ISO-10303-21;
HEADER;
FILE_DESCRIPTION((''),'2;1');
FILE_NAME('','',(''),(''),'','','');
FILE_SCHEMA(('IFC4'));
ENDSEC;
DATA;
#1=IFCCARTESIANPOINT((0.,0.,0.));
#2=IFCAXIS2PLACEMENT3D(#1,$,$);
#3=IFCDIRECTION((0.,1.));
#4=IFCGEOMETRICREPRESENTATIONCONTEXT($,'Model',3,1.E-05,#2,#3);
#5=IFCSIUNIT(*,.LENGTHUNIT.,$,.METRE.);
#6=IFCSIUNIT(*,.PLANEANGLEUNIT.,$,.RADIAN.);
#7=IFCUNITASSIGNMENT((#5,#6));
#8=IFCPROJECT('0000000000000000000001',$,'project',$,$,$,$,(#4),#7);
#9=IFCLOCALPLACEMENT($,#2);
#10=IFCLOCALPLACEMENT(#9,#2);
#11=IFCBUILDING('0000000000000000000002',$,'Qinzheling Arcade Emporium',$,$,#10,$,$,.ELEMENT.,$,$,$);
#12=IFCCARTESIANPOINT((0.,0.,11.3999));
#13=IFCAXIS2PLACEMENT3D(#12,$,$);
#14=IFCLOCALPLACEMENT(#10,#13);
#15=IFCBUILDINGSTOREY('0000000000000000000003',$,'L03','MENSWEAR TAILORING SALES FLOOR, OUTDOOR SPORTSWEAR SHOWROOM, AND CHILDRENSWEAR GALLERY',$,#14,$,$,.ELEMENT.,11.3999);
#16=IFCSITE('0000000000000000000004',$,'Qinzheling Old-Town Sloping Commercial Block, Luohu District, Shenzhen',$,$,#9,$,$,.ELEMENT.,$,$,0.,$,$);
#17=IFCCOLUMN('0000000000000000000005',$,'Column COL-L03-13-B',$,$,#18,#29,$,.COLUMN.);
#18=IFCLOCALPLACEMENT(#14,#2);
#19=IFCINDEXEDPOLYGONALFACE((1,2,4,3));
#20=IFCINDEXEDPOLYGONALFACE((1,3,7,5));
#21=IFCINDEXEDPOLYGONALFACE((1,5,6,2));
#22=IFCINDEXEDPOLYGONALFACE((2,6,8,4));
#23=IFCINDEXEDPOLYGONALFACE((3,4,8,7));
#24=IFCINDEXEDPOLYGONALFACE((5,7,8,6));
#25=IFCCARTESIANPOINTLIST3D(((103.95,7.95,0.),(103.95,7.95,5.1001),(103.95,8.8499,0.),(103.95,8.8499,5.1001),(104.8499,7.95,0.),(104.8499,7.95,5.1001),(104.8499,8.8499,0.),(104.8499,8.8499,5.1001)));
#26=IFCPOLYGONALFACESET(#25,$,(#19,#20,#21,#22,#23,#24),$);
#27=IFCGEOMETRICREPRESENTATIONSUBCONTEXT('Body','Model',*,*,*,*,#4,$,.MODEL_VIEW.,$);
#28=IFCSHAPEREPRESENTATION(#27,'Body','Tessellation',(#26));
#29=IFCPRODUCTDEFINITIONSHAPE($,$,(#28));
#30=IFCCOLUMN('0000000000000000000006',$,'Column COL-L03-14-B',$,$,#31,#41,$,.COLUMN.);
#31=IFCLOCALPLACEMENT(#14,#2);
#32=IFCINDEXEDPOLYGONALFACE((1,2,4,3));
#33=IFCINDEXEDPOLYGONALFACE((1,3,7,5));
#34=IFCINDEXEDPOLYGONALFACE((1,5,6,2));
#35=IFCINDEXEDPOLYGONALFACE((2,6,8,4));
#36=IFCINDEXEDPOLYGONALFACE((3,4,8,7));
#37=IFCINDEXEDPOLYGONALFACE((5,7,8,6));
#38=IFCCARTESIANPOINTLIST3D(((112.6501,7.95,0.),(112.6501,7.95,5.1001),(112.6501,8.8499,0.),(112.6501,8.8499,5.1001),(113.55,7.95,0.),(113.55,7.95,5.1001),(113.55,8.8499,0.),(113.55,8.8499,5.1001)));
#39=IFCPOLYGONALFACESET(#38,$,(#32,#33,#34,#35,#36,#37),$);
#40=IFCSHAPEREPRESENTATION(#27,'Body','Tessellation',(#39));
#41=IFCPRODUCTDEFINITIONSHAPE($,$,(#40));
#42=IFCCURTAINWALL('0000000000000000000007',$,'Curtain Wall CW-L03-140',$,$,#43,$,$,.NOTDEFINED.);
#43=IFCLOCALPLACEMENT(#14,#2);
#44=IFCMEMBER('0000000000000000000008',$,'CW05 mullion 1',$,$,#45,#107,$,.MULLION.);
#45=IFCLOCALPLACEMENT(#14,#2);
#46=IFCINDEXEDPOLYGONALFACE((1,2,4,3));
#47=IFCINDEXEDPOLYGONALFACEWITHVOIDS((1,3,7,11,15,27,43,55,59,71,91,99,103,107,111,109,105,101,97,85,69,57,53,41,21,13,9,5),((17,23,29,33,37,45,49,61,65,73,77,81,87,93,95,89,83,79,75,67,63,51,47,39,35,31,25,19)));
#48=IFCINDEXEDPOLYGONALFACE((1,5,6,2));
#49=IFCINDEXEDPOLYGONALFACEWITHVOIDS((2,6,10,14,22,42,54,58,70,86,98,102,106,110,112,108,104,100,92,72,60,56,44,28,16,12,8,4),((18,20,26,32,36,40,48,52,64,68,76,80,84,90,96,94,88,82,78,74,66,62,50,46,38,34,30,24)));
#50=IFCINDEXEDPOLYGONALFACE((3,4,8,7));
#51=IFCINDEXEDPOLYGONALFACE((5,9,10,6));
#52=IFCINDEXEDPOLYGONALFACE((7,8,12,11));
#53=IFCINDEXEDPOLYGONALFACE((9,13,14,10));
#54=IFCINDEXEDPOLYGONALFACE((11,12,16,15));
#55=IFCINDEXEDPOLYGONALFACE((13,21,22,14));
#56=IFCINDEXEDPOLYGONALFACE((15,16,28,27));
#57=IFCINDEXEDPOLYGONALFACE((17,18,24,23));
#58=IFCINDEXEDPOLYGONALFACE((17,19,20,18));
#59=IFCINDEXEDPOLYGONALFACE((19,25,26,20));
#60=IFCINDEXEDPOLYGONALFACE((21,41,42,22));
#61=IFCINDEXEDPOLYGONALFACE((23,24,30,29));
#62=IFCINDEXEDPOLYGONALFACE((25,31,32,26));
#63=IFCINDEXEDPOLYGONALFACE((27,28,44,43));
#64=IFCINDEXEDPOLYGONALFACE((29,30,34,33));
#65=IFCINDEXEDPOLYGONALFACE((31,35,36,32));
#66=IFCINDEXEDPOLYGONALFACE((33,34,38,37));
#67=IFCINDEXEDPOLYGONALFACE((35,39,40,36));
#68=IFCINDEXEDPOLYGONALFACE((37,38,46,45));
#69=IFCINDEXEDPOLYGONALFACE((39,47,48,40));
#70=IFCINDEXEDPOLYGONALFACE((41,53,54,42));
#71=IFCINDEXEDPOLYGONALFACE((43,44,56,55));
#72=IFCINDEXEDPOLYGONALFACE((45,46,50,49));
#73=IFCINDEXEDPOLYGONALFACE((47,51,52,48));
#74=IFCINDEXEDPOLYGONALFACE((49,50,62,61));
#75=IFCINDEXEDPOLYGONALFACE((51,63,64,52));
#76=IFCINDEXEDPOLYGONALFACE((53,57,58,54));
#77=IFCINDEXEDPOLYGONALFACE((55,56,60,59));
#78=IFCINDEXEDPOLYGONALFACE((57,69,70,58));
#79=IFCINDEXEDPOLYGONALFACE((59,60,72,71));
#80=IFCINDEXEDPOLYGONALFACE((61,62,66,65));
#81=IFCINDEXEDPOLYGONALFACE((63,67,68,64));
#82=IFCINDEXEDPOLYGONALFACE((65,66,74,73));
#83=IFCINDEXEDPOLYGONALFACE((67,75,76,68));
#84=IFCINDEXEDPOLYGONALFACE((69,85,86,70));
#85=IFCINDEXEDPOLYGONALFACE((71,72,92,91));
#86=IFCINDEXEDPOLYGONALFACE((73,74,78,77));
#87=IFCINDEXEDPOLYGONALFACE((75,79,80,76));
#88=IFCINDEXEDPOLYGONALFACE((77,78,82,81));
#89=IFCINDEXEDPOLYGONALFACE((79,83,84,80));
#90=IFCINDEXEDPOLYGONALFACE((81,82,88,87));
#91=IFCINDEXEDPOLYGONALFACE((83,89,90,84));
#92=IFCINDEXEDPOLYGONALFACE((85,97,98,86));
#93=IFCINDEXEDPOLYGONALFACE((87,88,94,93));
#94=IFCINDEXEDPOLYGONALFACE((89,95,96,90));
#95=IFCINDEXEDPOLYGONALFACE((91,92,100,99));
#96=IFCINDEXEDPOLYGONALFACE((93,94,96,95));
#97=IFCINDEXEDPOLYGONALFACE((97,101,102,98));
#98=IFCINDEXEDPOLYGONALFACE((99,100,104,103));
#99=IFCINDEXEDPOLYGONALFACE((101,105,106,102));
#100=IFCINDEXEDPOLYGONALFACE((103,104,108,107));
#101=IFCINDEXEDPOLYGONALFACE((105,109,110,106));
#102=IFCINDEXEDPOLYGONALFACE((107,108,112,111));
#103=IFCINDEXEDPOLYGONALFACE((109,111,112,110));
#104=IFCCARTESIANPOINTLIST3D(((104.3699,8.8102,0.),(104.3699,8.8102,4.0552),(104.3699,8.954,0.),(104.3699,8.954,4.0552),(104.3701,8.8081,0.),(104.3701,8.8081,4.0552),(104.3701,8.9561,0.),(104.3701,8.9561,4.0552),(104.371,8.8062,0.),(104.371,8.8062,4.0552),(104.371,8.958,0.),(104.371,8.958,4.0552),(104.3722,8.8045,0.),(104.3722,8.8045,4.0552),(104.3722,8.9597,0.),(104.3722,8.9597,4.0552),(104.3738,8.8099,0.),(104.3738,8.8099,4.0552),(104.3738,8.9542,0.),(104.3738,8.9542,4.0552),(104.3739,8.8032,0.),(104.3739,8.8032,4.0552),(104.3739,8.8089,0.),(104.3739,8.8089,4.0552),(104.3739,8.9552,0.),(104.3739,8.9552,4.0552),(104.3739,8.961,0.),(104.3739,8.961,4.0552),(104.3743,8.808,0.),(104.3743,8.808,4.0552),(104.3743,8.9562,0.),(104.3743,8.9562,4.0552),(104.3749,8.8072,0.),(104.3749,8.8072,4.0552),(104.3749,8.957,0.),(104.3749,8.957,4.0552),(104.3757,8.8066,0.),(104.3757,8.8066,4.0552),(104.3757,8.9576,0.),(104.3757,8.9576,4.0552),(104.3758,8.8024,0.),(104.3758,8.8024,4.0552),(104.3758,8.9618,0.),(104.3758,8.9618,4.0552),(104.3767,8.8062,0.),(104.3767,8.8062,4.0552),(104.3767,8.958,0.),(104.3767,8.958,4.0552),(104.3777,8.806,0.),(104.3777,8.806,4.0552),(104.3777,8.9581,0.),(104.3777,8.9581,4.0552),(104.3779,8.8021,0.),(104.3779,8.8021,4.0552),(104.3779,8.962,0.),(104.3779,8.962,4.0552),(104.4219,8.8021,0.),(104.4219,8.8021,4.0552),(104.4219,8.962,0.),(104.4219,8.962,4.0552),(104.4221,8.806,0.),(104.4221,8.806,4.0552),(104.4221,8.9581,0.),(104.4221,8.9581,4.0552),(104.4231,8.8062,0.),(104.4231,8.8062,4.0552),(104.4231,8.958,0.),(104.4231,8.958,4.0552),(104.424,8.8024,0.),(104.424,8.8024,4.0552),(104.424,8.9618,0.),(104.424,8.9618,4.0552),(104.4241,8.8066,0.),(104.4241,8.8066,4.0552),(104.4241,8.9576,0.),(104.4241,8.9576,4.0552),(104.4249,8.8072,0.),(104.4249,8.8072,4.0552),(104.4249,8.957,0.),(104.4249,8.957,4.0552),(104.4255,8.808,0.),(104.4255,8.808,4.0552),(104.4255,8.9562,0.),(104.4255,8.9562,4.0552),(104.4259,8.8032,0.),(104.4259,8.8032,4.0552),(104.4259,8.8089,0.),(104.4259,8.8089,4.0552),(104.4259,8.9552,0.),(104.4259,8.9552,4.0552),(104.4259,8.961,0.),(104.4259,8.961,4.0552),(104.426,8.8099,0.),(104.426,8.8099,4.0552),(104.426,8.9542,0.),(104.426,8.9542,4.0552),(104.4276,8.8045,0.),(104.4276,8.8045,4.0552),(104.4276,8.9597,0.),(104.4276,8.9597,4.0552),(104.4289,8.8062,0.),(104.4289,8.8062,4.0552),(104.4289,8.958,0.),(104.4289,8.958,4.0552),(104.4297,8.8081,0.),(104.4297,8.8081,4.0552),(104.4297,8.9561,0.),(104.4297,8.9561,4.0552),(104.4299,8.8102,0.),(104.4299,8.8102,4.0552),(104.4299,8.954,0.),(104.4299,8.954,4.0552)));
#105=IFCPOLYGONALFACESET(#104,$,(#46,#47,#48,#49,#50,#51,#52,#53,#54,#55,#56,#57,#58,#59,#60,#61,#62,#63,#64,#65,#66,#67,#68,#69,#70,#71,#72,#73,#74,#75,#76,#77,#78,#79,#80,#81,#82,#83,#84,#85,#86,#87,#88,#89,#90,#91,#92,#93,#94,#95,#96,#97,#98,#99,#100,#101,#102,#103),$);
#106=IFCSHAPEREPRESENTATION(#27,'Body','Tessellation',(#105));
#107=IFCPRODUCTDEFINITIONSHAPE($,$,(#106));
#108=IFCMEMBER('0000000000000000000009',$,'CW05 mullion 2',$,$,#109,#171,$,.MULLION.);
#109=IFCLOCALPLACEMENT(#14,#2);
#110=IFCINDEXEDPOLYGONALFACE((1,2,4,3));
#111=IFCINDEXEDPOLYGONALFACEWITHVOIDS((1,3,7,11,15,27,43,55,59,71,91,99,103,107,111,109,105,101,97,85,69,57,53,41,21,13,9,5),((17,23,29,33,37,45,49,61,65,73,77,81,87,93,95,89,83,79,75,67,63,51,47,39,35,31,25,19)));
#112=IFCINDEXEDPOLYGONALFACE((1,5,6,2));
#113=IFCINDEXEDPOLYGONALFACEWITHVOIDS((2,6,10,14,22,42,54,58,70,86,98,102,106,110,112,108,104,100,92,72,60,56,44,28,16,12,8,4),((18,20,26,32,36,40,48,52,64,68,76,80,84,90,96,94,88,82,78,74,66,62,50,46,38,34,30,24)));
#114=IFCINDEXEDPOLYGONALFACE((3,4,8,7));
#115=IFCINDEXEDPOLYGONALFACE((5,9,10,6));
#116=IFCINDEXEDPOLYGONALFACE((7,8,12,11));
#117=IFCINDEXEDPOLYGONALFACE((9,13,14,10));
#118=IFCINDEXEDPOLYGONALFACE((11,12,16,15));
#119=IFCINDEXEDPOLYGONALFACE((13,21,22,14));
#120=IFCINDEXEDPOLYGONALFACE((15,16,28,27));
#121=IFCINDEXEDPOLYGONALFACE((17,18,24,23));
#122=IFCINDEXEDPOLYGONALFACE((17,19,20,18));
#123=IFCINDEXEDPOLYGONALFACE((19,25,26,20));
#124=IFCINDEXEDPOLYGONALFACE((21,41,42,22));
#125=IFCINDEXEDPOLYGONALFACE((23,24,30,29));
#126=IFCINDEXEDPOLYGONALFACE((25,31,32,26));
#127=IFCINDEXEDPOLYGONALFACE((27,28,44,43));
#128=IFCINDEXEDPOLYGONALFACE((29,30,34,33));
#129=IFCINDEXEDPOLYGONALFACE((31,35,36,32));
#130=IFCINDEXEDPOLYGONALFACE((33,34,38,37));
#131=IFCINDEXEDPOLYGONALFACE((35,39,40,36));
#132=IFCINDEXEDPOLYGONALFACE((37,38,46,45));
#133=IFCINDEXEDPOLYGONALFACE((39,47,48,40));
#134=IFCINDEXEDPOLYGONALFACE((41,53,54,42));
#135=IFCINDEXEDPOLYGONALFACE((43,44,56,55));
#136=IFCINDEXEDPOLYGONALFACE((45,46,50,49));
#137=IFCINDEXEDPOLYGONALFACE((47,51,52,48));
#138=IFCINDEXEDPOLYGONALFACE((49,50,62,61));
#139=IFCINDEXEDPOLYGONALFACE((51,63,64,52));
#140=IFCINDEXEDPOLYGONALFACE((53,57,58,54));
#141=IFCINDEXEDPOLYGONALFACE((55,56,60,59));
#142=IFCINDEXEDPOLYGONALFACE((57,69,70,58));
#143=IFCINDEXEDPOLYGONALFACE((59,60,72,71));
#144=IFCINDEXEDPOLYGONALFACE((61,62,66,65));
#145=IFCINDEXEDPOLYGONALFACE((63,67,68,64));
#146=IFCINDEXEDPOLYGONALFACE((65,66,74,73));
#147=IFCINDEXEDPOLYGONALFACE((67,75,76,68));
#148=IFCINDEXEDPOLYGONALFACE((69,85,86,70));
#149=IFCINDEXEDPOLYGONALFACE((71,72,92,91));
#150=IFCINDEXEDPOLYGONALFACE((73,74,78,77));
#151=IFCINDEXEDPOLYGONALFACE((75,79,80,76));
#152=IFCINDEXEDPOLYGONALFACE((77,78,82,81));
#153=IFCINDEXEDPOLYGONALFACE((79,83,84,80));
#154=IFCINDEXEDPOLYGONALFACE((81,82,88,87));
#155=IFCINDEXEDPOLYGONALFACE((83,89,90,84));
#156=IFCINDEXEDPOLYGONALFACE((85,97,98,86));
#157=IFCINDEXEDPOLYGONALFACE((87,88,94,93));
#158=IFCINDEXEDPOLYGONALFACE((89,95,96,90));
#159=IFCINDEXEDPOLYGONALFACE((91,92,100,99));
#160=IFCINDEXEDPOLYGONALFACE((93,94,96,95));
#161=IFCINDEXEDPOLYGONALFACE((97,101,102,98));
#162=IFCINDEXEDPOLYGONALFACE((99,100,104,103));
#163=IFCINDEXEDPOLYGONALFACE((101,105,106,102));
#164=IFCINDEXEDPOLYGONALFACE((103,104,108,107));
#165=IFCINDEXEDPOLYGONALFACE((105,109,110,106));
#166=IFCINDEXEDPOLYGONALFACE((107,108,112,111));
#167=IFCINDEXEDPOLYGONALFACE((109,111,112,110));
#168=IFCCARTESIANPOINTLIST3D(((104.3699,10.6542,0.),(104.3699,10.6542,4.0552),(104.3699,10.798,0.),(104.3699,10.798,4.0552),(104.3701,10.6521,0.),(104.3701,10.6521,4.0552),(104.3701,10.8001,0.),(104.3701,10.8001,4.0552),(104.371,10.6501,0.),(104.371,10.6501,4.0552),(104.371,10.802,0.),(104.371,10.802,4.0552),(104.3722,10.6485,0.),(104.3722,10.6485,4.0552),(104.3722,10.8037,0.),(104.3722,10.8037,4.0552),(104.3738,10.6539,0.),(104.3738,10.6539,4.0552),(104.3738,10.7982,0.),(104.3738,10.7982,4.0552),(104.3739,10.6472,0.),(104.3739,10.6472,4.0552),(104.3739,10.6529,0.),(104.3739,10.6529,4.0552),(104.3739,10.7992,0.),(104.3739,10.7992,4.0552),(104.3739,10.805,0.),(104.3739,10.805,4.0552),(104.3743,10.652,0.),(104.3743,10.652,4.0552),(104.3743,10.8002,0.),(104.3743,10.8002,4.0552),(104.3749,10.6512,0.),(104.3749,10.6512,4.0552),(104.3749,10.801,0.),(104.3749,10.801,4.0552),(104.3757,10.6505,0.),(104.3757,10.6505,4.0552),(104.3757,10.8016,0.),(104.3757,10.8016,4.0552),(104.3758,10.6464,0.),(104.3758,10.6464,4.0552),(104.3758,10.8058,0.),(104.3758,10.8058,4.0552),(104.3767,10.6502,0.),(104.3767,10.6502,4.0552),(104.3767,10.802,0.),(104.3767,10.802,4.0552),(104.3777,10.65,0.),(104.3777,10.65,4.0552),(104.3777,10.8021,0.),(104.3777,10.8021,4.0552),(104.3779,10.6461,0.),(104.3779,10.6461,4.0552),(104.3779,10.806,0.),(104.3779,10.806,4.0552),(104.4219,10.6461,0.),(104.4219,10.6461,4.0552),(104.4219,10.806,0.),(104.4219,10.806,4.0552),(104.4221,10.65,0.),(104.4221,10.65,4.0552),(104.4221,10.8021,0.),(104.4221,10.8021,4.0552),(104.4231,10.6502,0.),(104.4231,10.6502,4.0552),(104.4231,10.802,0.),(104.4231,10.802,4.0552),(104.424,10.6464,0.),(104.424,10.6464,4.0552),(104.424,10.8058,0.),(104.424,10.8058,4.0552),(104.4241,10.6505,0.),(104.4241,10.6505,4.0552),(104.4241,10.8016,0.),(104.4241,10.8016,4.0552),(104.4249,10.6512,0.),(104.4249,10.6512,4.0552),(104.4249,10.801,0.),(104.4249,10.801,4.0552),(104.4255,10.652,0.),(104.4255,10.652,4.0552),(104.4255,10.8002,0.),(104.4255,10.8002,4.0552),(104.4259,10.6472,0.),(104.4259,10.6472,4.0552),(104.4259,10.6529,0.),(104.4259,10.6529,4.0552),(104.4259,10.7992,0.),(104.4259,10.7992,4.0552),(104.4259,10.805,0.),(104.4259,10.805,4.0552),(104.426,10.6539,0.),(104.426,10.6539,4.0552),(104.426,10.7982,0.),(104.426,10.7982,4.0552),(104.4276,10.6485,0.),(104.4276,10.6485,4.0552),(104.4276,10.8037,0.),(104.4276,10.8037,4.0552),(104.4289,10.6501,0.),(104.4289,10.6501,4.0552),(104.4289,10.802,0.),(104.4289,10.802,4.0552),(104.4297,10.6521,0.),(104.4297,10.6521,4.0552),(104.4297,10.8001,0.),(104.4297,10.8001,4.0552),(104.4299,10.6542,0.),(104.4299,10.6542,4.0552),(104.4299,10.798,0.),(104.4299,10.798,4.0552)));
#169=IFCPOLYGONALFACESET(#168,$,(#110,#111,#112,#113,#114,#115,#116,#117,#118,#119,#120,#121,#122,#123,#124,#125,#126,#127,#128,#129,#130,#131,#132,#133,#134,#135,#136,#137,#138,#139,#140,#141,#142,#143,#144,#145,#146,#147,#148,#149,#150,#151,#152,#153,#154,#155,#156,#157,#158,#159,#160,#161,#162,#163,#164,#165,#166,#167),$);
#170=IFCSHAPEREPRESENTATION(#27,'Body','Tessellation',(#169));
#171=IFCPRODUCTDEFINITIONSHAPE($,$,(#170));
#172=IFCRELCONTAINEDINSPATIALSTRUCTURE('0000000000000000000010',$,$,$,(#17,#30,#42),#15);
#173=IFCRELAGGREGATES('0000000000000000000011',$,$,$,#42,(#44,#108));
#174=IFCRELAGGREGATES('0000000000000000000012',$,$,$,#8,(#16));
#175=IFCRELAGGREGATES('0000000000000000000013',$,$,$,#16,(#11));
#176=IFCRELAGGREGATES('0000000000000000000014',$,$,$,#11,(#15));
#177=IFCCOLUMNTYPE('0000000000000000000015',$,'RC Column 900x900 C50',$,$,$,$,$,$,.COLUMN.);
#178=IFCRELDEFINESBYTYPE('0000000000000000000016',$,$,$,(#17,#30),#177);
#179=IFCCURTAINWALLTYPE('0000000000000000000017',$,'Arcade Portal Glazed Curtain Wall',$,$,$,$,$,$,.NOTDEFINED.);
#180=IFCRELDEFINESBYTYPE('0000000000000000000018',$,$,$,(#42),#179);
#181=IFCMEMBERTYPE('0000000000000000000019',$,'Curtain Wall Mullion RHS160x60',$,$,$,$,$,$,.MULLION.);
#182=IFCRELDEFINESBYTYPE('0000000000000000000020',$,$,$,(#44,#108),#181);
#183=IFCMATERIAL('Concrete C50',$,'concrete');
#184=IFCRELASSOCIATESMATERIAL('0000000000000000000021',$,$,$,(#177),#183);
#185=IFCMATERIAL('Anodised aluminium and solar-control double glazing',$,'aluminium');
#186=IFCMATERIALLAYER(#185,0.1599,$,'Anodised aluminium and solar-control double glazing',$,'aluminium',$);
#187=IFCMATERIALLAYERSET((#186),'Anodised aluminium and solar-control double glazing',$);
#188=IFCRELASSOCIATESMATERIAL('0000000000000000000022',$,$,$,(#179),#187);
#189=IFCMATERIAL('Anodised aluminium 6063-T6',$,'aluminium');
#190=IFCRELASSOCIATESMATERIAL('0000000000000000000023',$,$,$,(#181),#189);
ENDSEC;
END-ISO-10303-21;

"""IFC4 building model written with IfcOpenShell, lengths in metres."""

from ifc_helpers import new_model, si_unit, direction, frame, origin, origin_2d, place, context, subcontext, project, spatial, rectangle, hollow_rectangle, extrude, material, layer, layer_set, material_profile, profile_set, type_object, element, aggregate, save


model = new_model("IFC4")

# Units and contexts
model_context = context("Model", 3, precision=1e-05, world=origin(), true_north=direction((0.0, 1.0)))
body_context = subcontext(model_context, "Body", "Model", "MODEL_VIEW")
ifc_project = project(units=[si_unit("LENGTHUNIT", "METRE"), si_unit("PLANEANGLEUNIT", "RADIAN")], contexts=[model_context])

# Site, building, storey
site_placement = place(None, origin())
site = spatial("IfcSite", under=ifc_project, at=site_placement, Name="Qinzheling Old-Town Sloping Commercial Block, Luohu District, Shenzhen", CompositionType="ELEMENT", RefElevation=0.0)
building_placement = place(site_placement, origin())
building = spatial("IfcBuilding", under=site, at=building_placement, Name="Qinzheling Arcade Emporium", CompositionType="ELEMENT")
storey_placement = place(building_placement, frame((0.0, 0.0, 11.3999)))
storey = spatial("IfcBuildingStorey", under=building, at=storey_placement, Name="L03", Description="MENSWEAR TAILORING SALES FLOOR, OUTDOOR SPORTSWEAR SHOWROOM, AND CHILDRENSWEAR GALLERY", CompositionType="ELEMENT", Elevation=11.3999)

# Columns
ifc_material_1 = material(Name="Concrete C50", Category="concrete")
ifc_material_profile_1 = material_profile(ifc_material_1, rectangle(XDim=0.8999, YDim=0.8999, at=origin_2d()), Name="RC 900x900", Category="concrete")
ifc_profile_set_1 = profile_set([ifc_material_profile_1], Name="Concrete C50")
column_type = type_object("IfcColumnType", Name="RC Column 900x900 C50", PredefinedType="COLUMN", material=ifc_profile_set_1)
for number, where, z_axis, x_axis, name in (
    (1, (104.3999, 8.3999, 0.0), (0.0, 0.0, 1.0), (1.0, 0.0, 0.0), "Column COL-L03-13-B"),
    (2, (113.1001, 8.3999, 0.0), (0.0, 0.0, 1.0), (1.0, 0.0, 0.0), "Column COL-L03-14-B"),
):
    element("IfcColumn", number, at=place(storey_placement, frame(where, z_axis=z_axis, x_axis=x_axis)), inside=storey, type_object=column_type, Name=name, PredefinedType="COLUMN", context=body_context, shape_type="SweptSolid", body=[
        extrude(rectangle(XDim=0.8999, YDim=0.8999, at=origin_2d()), origin(), (0.0, 0.0, 1.0), 5.1001),
    ])

# Curtain wall, members
ifc_material_2 = material(Name="Anodised aluminium and solar-control double glazing", Category="aluminium")
ifc_layer_1 = layer(ifc_material_2, 0.1599, Name="Anodised aluminium and solar-control double glazing", Category="aluminium")
ifc_layer_set_1 = layer_set([ifc_layer_1], Name="Anodised aluminium and solar-control double glazing")
curtain_wall_type = type_object("IfcCurtainWallType", Name="Arcade Portal Glazed Curtain Wall", PredefinedType="NOTDEFINED", material=ifc_layer_set_1)
curtain_wall_placement = place(storey_placement, origin())
curtain_wall = element("IfcCurtainWall", 3, at=curtain_wall_placement, inside=storey, type_object=curtain_wall_type, Name="Curtain Wall CW-L03-140", PredefinedType="NOTDEFINED")
ifc_material_3 = material(Name="Anodised aluminium 6063-T6", Category="aluminium")
ifc_material_profile_2 = material_profile(ifc_material_3, hollow_rectangle(XDim=0.0601, YDim=0.1599, WallThickness=0.0039, InnerFilletRadius=0.0039, OuterFilletRadius=0.0081, at=origin_2d()), Name="RHS 160x60x4", Category="aluminium")
ifc_profile_set_2 = profile_set([ifc_material_profile_2], Name="Anodised aluminium 6063-T6")
member_type_1 = type_object("IfcMemberType", Name="Curtain Wall Mullion RHS160x60", PredefinedType="MULLION", material=ifc_profile_set_2)
member_1_placement = place(storey_placement, frame((104.3999, 8.8821, 0.0), z_axis=(0.0, 0.0, 1.0), x_axis=(-1.0, 0.0, 0.0)))
member_1 = element("IfcMember", 4, at=member_1_placement, type_object=member_type_1, Name="CW05 mullion 1", PredefinedType="MULLION", context=body_context, shape_type="SweptSolid", body=[
    extrude(hollow_rectangle(XDim=0.0601, YDim=0.1599, WallThickness=0.0039, InnerFilletRadius=0.0039, OuterFilletRadius=0.0081, at=origin_2d()), origin(), (0.0, 0.0, 1.0), 4.0552),
])
member_2_placement = place(storey_placement, frame((104.3999, 10.7261, 0.0), z_axis=(0.0, 0.0, 1.0), x_axis=(-1.0, 0.0, 0.0)))
member_2 = element("IfcMember", 5, at=member_2_placement, type_object=member_type_1, Name="CW05 mullion 2", PredefinedType="MULLION", context=body_context, shape_type="SweptSolid", body=[
    extrude(hollow_rectangle(XDim=0.0601, YDim=0.1599, WallThickness=0.0039, InnerFilletRadius=0.0039, OuterFilletRadius=0.0081, at=origin_2d()), origin(), (0.0, 0.0, 1.0), 4.0552),
])

aggregate(curtain_wall, [member_1, member_2])

save(model, "model.ifc")
